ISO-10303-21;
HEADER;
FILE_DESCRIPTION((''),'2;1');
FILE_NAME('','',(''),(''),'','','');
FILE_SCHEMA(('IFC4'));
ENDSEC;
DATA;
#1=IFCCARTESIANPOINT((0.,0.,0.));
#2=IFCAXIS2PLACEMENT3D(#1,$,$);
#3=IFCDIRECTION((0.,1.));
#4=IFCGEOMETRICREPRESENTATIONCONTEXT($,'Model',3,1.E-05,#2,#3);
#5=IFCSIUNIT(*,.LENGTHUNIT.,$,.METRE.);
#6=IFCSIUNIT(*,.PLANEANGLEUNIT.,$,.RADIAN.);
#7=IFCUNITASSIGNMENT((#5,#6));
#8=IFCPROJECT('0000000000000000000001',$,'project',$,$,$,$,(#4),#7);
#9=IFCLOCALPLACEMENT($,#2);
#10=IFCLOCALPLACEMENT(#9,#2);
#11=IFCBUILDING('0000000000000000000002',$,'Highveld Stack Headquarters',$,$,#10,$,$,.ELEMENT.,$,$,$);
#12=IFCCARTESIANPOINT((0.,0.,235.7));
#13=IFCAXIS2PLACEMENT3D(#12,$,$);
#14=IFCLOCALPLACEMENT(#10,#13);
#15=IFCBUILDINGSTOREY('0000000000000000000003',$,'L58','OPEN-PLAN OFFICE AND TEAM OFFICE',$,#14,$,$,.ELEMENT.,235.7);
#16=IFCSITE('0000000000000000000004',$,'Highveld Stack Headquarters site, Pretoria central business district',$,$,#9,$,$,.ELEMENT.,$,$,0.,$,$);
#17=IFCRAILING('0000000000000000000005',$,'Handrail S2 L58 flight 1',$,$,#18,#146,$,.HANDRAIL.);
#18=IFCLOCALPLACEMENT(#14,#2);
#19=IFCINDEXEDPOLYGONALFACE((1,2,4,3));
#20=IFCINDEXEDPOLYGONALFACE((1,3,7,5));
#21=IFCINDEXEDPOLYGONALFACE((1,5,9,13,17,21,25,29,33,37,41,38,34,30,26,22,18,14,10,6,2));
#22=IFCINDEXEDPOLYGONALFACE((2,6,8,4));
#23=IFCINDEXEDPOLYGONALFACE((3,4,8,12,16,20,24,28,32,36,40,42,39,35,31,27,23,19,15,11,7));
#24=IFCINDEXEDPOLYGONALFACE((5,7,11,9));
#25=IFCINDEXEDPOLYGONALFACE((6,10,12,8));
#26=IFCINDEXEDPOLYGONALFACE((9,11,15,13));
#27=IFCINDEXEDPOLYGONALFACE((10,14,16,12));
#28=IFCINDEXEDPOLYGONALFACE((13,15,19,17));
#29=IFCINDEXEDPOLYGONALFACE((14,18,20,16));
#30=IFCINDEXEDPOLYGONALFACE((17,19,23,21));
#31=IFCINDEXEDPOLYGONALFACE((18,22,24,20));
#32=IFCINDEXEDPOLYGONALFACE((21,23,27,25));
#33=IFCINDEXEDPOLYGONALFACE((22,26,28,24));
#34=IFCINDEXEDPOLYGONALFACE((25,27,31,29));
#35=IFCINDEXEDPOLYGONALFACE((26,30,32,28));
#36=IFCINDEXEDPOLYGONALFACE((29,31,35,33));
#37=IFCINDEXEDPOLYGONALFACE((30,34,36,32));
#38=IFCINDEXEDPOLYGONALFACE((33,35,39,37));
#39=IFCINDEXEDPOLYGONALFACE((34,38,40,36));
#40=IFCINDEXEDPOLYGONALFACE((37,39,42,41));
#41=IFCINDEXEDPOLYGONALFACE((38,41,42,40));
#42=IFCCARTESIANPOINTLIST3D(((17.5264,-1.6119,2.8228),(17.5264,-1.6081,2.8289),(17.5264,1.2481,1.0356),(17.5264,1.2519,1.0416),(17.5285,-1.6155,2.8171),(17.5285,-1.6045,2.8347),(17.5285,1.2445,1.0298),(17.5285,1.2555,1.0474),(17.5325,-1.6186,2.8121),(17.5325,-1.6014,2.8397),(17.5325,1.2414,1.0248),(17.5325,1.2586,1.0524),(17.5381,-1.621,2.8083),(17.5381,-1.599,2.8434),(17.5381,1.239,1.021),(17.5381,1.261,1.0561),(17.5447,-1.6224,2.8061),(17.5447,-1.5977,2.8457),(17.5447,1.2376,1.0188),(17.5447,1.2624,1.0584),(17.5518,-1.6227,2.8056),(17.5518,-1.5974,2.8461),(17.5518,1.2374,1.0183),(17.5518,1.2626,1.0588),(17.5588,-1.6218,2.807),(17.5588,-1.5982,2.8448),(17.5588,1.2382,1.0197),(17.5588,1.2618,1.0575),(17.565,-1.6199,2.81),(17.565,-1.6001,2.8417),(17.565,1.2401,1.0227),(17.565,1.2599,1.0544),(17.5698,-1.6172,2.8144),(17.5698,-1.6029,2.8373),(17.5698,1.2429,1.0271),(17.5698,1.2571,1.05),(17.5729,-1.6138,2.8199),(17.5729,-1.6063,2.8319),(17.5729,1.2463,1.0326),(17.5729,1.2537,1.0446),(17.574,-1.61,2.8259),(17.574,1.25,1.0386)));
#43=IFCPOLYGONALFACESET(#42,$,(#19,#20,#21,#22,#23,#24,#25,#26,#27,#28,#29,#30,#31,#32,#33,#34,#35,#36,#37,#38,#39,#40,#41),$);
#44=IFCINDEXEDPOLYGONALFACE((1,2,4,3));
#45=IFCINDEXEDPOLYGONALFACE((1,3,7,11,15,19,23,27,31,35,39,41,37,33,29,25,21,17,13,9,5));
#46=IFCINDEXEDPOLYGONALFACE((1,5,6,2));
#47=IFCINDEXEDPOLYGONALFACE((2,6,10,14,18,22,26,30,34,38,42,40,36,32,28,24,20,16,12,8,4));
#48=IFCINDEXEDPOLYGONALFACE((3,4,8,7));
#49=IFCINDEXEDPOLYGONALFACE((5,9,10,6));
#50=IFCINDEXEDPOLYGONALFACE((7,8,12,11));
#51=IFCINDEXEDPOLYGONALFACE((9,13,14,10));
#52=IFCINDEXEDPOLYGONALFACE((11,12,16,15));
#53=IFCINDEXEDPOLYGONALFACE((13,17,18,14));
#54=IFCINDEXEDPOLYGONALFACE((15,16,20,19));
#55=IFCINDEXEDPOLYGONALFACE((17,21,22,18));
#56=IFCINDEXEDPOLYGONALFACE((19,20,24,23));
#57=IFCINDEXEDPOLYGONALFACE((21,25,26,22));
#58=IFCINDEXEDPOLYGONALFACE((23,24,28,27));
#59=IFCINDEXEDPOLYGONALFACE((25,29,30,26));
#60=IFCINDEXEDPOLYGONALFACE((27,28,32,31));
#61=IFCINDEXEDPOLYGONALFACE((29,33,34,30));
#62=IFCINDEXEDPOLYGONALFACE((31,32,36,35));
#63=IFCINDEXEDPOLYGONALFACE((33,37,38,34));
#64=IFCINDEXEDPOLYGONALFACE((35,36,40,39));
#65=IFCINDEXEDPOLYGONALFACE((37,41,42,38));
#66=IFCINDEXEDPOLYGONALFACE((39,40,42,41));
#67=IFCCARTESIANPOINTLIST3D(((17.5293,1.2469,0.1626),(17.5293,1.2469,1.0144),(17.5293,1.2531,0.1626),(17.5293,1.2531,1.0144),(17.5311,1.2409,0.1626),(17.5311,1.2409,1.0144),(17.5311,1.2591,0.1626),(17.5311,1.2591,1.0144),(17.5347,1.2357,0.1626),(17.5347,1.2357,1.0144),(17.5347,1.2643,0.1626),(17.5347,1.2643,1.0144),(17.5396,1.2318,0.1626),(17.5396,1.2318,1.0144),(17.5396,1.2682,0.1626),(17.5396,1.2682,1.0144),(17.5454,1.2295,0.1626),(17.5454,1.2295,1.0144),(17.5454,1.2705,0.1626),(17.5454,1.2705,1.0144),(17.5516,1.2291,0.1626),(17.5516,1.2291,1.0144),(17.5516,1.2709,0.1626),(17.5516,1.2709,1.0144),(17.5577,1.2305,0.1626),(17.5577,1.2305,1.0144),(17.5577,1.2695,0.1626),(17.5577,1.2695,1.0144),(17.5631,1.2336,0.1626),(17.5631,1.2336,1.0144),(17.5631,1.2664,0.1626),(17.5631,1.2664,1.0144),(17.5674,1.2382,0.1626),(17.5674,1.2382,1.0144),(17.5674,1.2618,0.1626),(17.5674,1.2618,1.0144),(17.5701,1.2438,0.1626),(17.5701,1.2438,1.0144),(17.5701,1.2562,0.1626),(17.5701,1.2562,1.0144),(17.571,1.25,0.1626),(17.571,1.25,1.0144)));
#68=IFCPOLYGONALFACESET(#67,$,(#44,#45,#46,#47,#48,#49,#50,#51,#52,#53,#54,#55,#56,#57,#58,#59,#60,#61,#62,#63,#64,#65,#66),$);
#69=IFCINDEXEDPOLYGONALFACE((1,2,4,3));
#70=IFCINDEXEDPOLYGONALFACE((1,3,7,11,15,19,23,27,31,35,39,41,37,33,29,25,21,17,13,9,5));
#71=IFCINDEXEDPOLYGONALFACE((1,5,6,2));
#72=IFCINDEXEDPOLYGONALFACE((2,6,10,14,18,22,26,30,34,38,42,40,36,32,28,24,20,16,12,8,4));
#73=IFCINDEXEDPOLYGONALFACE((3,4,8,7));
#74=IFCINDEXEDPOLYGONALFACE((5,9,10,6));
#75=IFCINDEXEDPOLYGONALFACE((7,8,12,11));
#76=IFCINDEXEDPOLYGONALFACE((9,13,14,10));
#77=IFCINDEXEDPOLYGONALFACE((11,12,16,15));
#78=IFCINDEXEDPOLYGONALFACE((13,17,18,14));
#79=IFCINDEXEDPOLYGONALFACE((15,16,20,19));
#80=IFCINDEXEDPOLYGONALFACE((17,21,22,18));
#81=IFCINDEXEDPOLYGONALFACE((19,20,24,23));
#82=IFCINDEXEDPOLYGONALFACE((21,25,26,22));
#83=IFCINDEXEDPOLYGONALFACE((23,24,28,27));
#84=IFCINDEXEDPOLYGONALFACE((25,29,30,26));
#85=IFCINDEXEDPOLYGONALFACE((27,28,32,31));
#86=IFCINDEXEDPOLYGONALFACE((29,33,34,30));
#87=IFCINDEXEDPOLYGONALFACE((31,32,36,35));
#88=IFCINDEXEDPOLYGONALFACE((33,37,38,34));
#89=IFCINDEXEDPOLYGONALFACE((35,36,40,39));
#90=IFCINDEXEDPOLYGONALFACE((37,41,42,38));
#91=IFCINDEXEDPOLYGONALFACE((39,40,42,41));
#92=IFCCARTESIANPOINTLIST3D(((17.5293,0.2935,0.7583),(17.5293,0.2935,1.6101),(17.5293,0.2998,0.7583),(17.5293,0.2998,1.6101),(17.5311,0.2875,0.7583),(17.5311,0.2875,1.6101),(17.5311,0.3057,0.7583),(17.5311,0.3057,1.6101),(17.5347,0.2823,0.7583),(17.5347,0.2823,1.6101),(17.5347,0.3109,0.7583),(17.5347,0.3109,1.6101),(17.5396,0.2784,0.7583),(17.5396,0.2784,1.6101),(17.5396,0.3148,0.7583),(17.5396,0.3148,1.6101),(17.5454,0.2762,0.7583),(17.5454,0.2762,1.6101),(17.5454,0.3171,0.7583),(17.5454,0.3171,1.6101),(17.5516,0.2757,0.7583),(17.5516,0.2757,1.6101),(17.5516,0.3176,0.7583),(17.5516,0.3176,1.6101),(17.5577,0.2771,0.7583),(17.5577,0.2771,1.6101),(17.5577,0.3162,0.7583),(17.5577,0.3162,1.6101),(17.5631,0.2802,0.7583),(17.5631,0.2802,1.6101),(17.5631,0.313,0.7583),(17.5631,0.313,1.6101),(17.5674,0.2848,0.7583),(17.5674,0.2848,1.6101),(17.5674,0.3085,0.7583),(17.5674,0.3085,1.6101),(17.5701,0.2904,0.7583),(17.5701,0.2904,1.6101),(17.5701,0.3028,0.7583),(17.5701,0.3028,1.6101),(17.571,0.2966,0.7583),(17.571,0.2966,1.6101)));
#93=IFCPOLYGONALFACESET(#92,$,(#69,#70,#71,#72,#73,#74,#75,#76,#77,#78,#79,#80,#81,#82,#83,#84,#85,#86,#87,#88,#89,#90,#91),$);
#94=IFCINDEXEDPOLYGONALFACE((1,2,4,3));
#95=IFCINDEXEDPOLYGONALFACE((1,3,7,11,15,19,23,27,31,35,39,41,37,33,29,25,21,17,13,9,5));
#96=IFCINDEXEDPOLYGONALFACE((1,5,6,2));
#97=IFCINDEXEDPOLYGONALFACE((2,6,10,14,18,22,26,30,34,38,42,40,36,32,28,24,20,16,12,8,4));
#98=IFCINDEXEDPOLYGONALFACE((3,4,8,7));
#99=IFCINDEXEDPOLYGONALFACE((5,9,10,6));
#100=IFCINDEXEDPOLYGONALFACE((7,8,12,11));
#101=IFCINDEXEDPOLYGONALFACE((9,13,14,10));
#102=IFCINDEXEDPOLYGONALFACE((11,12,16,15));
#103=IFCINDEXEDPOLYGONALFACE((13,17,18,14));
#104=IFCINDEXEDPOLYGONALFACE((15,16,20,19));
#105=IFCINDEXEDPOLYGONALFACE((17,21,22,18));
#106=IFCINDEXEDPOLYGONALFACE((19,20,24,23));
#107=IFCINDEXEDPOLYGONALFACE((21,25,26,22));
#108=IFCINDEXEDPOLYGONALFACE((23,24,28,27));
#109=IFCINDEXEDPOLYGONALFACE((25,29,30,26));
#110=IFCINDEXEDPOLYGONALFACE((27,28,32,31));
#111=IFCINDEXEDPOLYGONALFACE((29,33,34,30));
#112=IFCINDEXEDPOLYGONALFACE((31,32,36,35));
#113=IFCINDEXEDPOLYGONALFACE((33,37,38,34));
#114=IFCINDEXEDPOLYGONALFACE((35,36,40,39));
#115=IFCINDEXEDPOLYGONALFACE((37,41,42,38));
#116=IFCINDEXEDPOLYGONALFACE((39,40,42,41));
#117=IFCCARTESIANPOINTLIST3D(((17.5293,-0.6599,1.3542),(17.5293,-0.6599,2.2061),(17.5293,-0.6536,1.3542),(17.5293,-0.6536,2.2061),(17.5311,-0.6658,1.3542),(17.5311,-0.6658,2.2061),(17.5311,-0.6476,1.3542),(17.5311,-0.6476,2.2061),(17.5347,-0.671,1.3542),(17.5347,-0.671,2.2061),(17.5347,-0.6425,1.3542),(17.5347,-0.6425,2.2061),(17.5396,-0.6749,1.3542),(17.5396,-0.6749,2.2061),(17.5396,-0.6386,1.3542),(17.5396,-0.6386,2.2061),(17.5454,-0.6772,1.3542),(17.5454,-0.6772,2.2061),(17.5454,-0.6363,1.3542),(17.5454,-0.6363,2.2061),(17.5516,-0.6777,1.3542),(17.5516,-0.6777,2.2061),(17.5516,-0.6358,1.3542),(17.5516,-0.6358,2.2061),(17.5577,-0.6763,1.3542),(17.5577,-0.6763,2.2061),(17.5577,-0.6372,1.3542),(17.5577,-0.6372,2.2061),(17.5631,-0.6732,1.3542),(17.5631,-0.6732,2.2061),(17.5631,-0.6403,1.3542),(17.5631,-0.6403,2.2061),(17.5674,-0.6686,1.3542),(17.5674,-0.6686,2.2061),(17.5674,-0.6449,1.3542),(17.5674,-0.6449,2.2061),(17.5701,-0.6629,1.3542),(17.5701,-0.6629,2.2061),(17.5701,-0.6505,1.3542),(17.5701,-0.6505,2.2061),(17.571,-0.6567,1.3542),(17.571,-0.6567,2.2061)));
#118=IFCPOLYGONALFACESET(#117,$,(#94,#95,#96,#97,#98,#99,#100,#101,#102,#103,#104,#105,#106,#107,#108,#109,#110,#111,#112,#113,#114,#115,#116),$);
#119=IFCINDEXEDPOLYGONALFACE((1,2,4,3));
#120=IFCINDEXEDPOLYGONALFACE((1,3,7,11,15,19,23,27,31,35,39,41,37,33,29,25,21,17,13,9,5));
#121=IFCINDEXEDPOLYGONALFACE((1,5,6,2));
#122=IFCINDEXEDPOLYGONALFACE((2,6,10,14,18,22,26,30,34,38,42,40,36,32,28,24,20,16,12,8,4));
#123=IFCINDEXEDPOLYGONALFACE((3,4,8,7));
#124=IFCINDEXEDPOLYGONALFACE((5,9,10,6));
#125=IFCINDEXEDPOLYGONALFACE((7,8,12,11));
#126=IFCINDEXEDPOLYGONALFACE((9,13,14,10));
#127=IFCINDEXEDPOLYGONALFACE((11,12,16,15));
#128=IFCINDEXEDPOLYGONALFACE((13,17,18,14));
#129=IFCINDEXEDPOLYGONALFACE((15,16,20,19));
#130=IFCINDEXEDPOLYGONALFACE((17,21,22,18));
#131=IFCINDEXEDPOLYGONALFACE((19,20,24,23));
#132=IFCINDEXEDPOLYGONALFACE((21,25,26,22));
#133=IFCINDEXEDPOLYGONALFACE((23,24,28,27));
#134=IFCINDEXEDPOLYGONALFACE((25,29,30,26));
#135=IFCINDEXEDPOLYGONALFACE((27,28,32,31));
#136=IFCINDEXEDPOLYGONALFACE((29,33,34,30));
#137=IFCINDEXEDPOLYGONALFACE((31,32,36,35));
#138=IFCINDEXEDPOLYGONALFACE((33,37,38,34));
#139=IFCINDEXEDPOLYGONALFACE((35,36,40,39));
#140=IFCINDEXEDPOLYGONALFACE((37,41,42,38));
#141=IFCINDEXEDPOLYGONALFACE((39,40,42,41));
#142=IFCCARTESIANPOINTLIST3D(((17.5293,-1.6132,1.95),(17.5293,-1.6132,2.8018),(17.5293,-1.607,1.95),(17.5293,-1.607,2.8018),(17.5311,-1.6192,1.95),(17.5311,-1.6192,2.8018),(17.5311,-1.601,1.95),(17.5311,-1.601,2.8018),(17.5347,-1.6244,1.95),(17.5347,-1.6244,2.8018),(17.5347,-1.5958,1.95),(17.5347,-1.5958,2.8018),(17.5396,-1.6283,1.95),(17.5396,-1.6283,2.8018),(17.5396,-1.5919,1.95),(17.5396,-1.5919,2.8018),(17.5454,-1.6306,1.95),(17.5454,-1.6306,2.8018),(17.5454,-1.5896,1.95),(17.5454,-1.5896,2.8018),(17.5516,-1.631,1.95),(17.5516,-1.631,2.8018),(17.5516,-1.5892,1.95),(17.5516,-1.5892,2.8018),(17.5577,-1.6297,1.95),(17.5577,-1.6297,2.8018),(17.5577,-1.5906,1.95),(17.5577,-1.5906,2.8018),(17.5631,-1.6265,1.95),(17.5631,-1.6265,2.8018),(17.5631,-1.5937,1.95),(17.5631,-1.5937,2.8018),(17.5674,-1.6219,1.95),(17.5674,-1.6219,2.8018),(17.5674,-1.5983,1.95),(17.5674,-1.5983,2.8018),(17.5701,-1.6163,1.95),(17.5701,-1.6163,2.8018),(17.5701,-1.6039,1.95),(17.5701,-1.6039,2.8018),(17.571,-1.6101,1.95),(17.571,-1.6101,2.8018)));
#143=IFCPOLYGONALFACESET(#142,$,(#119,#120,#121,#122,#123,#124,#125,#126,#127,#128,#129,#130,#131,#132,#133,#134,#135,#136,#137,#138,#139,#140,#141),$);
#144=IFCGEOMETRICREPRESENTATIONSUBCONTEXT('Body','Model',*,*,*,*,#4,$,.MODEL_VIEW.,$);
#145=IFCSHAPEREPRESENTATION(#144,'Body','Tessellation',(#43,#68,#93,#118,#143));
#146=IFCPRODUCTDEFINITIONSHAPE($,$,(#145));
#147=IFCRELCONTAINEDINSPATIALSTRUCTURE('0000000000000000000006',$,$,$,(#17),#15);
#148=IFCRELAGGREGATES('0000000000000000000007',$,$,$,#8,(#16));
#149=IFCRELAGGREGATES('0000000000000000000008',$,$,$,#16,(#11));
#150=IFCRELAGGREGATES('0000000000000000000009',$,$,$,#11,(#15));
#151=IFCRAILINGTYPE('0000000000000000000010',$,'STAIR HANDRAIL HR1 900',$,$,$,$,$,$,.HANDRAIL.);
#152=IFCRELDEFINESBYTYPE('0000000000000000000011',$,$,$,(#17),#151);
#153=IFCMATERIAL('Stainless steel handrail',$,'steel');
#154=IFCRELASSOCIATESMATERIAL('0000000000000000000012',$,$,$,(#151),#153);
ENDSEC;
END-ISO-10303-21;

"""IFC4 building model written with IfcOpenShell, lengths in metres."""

from ifc_helpers import new_model, si_unit, direction, frame, origin, origin_2d, place, context, subcontext, project, spatial, circle, extrude, material, type_object, element, save


model = new_model("IFC4")

# Units and contexts
model_context = context("Model", 3, precision=1e-05, world=origin(), true_north=direction((0.0, 1.0)))
body_context = subcontext(model_context, "Body", "Model", "MODEL_VIEW")
ifc_project = project(units=[si_unit("LENGTHUNIT", "METRE"), si_unit("PLANEANGLEUNIT", "RADIAN")], contexts=[model_context])

# Site, building, storey
site_placement = place(None, origin())
site = spatial("IfcSite", under=ifc_project, at=site_placement, Name="Highveld Stack Headquarters site, Pretoria central business district", CompositionType="ELEMENT", RefElevation=0.0)
building_placement = place(site_placement, origin())
building = spatial("IfcBuilding", under=site, at=building_placement, Name="Highveld Stack Headquarters", CompositionType="ELEMENT")
storey_placement = place(building_placement, frame((0.0, 0.0, 235.7)))
storey = spatial("IfcBuildingStorey", under=building, at=storey_placement, Name="L58", Description="OPEN-PLAN OFFICE AND TEAM OFFICE", CompositionType="ELEMENT", Elevation=235.7)

# Railing
ifc_material_1 = material(Name="Stainless steel handrail", Category="steel")
railing_type = type_object("IfcRailingType", Name="STAIR HANDRAIL HR1 900", PredefinedType="HANDRAIL", material=ifc_material_1)
for number, where, name in (
    (1, (17.55, 1.25, 0.1626), "Handrail S2 L58 flight 1"),
):
    element("IfcRailing", number, at=place(storey_placement, frame(where)), inside=storey, type_object=railing_type, Name=name, PredefinedType="HANDRAIL", context=body_context, shape_type="SweptSolid", body=[
        extrude(circle(Radius=0.0239, at=origin_2d()), frame((0.0, 0.0, 0.876), z_axis=(0.0, -0.848027, 0.529953), x_axis=(1.0, 0.0, 0.0)), (0.0, 0.0, 1.0), 3.3726),
        extrude(circle(Radius=0.021, at=origin_2d()), origin(), (0.0, 0.0, 1.0), 0.8518),
        extrude(circle(Radius=0.021, at=origin_2d()), frame((0.0, -0.9534, 0.5957)), (0.0, 0.0, 1.0), 0.8518),
        extrude(circle(Radius=0.021, at=origin_2d()), frame((0.0, -1.9067, 1.1917)), (0.0, 0.0, 1.0), 0.8518),
        extrude(circle(Radius=0.021, at=origin_2d()), frame((0.0, -2.8601, 1.7874)), (0.0, 0.0, 1.0), 0.8518),
    ])

save(model, "model.ifc")
